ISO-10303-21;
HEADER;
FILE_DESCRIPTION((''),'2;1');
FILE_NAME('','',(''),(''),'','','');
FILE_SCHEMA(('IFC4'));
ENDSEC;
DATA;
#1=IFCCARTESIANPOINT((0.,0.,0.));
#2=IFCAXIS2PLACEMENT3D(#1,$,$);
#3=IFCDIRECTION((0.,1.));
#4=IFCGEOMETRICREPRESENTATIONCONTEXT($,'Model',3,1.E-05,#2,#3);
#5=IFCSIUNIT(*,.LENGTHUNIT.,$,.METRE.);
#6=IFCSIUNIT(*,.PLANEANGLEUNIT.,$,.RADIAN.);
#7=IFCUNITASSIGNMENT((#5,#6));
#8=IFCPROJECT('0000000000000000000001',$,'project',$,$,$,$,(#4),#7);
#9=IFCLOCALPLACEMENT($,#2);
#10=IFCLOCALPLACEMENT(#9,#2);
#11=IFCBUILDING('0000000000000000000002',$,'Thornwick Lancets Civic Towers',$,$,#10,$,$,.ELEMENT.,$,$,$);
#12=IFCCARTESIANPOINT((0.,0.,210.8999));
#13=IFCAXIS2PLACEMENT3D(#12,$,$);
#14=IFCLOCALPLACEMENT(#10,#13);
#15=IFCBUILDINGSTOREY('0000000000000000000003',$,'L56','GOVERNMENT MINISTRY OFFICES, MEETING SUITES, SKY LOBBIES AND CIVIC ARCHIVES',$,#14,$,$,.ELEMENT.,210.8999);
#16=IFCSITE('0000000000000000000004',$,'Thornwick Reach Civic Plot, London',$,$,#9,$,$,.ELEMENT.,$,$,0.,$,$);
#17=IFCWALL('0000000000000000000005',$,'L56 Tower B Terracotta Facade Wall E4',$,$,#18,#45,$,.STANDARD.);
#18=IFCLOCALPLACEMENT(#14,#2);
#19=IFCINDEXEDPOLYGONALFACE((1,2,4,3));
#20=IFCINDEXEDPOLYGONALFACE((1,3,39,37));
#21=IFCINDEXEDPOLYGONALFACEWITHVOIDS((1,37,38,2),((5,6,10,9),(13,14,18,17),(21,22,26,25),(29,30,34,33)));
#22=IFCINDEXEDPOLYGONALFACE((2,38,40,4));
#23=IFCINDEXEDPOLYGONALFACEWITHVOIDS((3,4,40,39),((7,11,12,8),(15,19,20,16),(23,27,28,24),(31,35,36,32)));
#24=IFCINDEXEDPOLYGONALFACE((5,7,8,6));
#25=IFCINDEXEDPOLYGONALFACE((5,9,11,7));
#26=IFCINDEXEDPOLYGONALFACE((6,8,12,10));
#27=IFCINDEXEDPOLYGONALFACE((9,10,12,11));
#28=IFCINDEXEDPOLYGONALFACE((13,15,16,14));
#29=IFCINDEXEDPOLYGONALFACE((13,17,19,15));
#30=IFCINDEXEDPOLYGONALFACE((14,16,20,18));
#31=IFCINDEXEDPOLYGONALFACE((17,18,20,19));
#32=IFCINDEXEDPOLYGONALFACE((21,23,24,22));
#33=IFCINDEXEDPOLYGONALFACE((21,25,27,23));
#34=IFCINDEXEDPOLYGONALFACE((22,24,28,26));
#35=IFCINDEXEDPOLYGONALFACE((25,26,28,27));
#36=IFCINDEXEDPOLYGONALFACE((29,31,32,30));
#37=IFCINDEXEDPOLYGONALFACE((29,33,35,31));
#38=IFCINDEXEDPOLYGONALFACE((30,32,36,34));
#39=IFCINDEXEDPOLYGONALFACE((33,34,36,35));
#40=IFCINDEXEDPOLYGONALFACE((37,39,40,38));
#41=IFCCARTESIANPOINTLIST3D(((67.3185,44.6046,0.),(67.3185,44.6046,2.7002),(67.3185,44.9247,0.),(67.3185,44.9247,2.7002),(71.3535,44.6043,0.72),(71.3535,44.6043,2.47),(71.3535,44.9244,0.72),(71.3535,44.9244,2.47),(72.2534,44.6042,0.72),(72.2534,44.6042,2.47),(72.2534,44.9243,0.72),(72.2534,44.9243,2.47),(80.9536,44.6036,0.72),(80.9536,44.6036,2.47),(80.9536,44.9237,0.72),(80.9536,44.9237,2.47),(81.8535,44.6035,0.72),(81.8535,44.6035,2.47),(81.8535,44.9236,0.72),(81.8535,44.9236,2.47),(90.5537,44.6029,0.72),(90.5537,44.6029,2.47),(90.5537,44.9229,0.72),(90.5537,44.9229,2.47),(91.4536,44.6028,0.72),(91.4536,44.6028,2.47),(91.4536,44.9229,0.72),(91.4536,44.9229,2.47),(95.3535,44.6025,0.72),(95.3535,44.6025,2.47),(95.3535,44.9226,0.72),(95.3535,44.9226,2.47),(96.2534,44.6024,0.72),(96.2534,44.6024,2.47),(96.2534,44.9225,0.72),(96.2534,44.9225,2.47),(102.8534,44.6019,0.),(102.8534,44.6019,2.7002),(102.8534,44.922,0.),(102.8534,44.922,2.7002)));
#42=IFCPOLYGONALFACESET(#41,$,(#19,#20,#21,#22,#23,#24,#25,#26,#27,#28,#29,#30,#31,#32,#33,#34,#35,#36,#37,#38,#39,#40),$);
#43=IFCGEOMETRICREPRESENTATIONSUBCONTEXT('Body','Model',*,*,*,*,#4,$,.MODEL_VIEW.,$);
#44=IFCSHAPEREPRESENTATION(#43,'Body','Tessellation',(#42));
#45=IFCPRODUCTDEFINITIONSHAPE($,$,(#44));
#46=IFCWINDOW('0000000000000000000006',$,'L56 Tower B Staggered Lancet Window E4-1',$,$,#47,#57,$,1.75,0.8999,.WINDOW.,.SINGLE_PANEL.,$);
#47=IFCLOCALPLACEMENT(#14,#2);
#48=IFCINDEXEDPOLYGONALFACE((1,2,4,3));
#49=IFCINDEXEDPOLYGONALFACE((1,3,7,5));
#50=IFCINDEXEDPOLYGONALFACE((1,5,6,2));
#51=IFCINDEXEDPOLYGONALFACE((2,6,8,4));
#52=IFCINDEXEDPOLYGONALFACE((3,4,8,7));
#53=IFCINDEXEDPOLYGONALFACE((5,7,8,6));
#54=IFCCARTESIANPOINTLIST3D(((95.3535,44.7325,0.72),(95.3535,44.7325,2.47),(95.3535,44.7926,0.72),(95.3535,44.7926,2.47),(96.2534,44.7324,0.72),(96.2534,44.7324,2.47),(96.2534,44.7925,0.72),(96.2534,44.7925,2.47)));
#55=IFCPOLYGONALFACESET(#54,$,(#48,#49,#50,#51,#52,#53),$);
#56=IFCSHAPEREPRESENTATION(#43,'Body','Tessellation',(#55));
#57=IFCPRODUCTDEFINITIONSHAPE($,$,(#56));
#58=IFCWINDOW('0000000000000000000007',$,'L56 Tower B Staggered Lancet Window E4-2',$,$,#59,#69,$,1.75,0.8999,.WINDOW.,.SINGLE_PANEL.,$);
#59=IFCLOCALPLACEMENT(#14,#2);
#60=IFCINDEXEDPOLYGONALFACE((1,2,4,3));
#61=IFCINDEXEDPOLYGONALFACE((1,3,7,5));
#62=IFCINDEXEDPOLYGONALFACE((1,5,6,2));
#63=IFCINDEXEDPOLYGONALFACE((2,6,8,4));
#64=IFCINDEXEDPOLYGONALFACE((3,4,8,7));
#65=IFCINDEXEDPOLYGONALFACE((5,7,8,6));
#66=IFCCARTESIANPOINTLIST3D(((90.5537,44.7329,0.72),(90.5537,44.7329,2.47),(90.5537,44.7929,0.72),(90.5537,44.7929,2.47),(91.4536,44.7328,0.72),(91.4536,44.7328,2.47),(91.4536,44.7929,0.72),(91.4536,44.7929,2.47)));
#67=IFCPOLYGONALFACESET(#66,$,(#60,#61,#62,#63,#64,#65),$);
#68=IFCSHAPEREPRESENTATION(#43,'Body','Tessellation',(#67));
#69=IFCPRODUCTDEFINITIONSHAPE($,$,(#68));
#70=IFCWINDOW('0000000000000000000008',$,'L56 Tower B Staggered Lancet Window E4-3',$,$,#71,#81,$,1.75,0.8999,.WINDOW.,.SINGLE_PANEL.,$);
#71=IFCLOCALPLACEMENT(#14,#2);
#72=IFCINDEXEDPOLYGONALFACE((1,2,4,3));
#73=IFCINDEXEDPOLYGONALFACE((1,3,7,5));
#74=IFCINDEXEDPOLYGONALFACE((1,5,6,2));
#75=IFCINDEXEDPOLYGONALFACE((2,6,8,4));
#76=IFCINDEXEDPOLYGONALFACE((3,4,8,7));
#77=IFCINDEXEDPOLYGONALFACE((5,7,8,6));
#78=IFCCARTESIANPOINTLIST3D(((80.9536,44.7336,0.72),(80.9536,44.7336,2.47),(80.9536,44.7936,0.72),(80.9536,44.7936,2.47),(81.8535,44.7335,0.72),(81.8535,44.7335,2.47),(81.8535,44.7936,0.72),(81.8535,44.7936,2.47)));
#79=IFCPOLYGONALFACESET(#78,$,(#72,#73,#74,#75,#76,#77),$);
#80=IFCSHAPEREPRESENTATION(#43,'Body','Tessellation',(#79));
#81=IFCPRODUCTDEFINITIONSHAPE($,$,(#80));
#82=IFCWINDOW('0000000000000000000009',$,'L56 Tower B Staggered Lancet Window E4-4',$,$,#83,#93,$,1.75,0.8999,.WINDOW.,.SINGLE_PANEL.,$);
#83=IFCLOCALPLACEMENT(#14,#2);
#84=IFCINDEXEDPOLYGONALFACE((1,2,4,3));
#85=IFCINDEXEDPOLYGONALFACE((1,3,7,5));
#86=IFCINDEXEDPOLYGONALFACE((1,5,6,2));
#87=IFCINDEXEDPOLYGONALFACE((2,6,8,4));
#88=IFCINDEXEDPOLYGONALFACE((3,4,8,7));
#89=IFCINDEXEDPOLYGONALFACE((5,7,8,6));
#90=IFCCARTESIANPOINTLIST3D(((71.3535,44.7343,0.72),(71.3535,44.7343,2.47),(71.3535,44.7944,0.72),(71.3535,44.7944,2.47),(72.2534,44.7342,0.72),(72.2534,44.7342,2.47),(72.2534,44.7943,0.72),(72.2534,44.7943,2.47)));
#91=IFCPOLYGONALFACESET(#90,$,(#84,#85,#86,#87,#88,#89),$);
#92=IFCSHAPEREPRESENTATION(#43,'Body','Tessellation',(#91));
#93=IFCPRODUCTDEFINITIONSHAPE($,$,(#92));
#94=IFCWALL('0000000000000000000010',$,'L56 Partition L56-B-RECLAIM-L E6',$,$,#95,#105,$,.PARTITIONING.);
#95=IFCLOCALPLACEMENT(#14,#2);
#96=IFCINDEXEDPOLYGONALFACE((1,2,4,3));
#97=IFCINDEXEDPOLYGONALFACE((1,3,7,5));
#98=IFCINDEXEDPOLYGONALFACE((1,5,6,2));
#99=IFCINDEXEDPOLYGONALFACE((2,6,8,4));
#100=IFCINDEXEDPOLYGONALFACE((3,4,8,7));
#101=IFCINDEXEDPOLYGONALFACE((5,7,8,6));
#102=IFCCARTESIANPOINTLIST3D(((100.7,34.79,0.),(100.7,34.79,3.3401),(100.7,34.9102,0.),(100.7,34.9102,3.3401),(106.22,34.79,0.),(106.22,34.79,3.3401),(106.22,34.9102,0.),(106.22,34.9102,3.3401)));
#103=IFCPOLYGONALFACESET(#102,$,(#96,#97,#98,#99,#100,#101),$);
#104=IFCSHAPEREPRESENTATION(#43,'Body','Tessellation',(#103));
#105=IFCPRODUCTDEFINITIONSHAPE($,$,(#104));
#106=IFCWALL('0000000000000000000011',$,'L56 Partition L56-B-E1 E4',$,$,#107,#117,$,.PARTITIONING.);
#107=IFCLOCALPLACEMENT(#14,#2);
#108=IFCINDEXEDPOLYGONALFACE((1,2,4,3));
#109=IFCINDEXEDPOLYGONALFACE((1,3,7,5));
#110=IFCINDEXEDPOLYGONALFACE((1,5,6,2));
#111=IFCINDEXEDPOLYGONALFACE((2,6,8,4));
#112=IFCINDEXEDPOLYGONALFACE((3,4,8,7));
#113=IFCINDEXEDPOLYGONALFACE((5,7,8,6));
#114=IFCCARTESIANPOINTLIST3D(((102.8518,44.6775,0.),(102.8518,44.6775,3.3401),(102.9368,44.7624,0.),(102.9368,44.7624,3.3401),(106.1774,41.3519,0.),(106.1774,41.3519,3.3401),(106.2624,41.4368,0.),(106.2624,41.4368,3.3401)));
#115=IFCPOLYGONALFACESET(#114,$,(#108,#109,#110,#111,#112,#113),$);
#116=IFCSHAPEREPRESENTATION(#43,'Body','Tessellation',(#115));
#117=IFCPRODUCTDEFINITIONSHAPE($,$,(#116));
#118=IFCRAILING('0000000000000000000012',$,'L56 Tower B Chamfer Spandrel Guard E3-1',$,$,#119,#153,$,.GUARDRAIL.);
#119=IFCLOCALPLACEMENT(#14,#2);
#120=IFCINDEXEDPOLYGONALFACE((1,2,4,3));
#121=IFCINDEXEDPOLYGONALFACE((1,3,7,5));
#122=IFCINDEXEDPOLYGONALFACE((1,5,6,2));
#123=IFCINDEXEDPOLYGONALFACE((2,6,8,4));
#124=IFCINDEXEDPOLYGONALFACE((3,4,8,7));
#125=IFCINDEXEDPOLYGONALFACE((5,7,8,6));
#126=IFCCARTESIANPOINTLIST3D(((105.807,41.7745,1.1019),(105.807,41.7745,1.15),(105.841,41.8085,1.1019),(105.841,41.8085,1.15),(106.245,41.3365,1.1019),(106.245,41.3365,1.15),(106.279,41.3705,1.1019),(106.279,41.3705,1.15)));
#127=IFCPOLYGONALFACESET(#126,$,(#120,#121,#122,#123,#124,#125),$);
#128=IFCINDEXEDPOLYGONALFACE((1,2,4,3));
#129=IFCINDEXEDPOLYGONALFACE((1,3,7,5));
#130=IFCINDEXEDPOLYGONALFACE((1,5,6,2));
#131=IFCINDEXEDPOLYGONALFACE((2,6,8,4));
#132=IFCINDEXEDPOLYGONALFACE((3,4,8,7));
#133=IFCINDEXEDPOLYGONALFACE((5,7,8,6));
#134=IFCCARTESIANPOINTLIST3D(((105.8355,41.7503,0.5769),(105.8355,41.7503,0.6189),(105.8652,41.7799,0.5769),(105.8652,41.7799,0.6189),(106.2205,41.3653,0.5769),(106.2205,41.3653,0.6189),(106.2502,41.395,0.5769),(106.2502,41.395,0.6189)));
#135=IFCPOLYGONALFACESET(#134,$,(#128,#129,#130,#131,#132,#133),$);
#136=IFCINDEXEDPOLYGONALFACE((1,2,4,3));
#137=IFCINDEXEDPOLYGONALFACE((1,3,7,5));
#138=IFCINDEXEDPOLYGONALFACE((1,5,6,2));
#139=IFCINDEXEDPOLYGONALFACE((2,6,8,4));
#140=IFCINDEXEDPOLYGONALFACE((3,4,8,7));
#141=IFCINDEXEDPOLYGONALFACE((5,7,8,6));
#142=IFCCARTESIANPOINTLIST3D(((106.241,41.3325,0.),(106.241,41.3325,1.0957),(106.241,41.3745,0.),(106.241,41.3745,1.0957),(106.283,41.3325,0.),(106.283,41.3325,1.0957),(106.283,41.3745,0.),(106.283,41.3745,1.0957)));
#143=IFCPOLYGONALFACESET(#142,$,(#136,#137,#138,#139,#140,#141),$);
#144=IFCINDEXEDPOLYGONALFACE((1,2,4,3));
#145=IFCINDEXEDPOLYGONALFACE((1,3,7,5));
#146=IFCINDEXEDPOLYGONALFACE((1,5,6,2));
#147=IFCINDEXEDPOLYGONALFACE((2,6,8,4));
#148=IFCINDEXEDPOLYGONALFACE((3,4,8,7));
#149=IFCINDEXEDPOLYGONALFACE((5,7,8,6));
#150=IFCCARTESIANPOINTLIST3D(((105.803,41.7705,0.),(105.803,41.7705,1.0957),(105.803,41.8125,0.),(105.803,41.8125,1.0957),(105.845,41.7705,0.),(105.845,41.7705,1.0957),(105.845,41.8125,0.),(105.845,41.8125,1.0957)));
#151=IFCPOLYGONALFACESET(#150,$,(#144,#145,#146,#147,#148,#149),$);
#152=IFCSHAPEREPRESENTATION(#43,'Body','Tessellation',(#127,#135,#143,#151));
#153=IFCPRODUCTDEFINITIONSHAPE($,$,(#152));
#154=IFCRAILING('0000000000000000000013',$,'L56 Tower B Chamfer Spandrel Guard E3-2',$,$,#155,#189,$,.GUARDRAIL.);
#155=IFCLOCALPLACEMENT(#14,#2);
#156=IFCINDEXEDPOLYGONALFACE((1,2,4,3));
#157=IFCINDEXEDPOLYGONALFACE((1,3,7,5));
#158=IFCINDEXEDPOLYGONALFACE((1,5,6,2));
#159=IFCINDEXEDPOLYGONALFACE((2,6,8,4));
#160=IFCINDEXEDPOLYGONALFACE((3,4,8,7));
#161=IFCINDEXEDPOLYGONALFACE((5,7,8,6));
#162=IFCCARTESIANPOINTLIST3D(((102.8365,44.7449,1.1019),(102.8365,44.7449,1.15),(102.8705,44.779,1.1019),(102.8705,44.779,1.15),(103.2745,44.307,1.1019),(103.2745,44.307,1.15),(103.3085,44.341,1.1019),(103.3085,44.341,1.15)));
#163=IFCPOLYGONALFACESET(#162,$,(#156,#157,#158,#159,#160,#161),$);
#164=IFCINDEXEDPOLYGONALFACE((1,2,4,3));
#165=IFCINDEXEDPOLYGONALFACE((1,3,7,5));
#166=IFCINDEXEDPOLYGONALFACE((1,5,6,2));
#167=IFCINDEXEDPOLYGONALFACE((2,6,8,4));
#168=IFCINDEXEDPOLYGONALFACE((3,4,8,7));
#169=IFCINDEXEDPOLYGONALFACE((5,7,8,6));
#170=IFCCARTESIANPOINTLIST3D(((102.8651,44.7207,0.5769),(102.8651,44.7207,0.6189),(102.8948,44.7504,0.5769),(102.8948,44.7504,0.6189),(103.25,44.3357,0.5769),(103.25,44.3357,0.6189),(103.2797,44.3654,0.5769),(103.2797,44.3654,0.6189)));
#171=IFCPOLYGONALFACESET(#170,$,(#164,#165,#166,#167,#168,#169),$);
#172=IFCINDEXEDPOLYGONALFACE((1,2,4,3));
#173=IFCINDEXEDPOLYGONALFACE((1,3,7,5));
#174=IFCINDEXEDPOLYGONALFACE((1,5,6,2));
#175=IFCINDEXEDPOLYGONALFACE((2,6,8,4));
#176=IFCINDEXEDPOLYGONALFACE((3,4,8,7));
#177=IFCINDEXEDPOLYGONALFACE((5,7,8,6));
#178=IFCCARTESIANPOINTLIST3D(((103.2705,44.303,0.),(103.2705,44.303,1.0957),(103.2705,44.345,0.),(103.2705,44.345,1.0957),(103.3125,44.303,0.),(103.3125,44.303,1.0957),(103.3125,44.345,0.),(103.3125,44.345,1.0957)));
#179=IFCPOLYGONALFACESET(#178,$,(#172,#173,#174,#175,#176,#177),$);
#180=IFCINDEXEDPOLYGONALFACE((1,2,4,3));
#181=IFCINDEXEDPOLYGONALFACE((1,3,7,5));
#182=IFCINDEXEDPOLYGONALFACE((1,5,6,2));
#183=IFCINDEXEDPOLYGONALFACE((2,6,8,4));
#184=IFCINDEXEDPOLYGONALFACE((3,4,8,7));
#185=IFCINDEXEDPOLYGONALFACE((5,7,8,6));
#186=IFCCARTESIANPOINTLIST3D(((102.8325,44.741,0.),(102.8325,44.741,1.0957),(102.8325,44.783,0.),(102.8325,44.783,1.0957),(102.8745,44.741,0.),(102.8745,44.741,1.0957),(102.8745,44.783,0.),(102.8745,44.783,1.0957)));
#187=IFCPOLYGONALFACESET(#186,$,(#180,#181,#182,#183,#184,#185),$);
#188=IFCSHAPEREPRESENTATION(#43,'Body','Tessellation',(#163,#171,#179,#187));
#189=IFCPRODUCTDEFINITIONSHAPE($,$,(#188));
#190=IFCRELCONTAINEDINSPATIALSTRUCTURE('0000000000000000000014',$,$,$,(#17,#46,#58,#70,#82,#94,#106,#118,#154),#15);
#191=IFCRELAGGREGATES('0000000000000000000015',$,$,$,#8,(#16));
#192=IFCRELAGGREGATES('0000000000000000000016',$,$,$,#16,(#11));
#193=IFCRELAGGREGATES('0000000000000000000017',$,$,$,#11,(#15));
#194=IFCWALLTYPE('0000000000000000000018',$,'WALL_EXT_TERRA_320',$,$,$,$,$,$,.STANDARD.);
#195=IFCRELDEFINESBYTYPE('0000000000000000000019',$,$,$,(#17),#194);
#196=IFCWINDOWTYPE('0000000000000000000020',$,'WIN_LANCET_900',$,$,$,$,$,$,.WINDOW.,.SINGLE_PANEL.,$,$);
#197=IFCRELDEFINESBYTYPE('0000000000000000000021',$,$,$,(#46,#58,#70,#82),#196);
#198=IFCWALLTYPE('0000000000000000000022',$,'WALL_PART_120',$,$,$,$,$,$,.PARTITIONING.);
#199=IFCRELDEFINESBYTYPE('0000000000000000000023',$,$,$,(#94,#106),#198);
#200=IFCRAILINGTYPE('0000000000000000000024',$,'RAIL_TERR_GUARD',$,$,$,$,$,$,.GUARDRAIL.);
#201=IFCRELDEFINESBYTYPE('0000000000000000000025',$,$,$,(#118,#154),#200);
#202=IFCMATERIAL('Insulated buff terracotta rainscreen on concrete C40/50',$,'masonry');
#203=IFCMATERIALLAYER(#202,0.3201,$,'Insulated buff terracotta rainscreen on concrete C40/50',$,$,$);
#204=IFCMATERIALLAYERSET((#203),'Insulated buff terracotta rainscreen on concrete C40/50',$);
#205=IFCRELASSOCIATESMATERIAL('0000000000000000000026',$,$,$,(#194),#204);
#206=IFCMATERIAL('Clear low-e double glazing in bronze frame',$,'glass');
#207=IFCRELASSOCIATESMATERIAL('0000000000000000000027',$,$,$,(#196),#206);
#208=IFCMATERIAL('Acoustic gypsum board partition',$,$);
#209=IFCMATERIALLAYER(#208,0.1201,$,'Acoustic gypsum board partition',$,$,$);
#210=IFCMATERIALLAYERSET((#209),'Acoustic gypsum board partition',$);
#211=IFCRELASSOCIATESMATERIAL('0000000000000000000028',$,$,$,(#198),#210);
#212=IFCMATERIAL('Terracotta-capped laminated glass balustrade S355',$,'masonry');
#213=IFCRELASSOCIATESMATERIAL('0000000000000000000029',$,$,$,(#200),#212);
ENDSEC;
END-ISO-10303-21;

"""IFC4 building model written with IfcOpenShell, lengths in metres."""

from ifc_helpers import new_model, si_unit, direction, frame, frame_2d, origin, origin_2d, place, context, subcontext, project, spatial, rectangle, extrude, material, layer, layer_set, type_object, element, fill, save


model = new_model("IFC4")

# Units and contexts
model_context = context("Model", 3, precision=1e-05, world=origin(), true_north=direction((0.0, 1.0)))
body_context = subcontext(model_context, "Body", "Model", "MODEL_VIEW")
ifc_project = project(units=[si_unit("LENGTHUNIT", "METRE"), si_unit("PLANEANGLEUNIT", "RADIAN")], contexts=[model_context])

# Site, building, storey
site_placement = place(None, origin())
site = spatial("IfcSite", under=ifc_project, at=site_placement, Name="Thornwick Reach Civic Plot, London", CompositionType="ELEMENT", RefElevation=0.0)
building_placement = place(site_placement, origin())
building = spatial("IfcBuilding", under=site, at=building_placement, Name="Thornwick Lancets Civic Towers", CompositionType="ELEMENT")
storey_placement = place(building_placement, frame((0.0, 0.0, 210.8999)))
storey = spatial("IfcBuildingStorey", under=building, at=storey_placement, Name="L56", Description="GOVERNMENT MINISTRY OFFICES, MEETING SUITES, SKY LOBBIES AND CIVIC ARCHIVES", CompositionType="ELEMENT", Elevation=210.8999)

# Wall, openings, windows
ifc_material_1 = material(Name="Insulated buff terracotta rainscreen on concrete C40/50", Category="masonry")
ifc_layer_1 = layer(ifc_material_1, 0.3201, Name="Insulated buff terracotta rainscreen on concrete C40/50")
ifc_layer_set_1 = layer_set([ifc_layer_1], Name="Insulated buff terracotta rainscreen on concrete C40/50")
wall_type_1 = type_object("IfcWallType", Name="WALL_EXT_TERRA_320", PredefinedType="STANDARD", material=ifc_layer_set_1)
wall_1_placement = place(storey_placement, frame((102.8535, 44.762, 0.0), z_axis=(0.0, 0.0, 1.0), x_axis=(-1.0, 0.000076, 0.0)))
wall_1 = element("IfcWall", 1, at=wall_1_placement, inside=storey, type_object=wall_type_1, Name="L56 Tower B Terracotta Facade Wall E4", PredefinedType="STANDARD", context=body_context, shape_type="SweptSolid", body=[
    extrude(rectangle(XDim=35.5349, YDim=0.3201, at=frame_2d((17.7676, 0.0))), origin(), (0.0, 0.0, 1.0), 2.7002),
])
opening_1_placement = place(wall_1_placement, frame((6.6001, 0.0, 0.72)))
opening_1 = element("IfcOpeningElement", 2, at=opening_1_placement, cuts=wall_1, PredefinedType="OPENING", context=body_context, shape_type="SweptSolid", body=[
    extrude(rectangle(XDim=0.8999, YDim=1.75, at=frame_2d((0.45, 0.875))), frame((0.0, 0.1699, 0.0), z_axis=(0.0, -1.0, 0.0), x_axis=(1.0, 0.0, 0.0)), (0.0, 0.0, 1.0), 0.3401),
])
opening_2_placement = place(wall_1_placement, frame((11.3999, 0.0, 0.72)))
opening_2 = element("IfcOpeningElement", 3, at=opening_2_placement, cuts=wall_1, PredefinedType="OPENING", context=body_context, shape_type="SweptSolid", body=[
    extrude(rectangle(XDim=0.8999, YDim=1.75, at=frame_2d((0.45, 0.875))), frame((0.0, 0.1699, 0.0), z_axis=(0.0, -1.0, 0.0), x_axis=(1.0, 0.0, 0.0)), (0.0, 0.0, 1.0), 0.3401),
])
opening_3_placement = place(wall_1_placement, frame((21.0, 0.0, 0.72)))
opening_3 = element("IfcOpeningElement", 4, at=opening_3_placement, cuts=wall_1, PredefinedType="OPENING", context=body_context, shape_type="SweptSolid", body=[
    extrude(rectangle(XDim=0.8999, YDim=1.75, at=frame_2d((0.45, 0.875))), frame((0.0, 0.1699, 0.0), z_axis=(0.0, -1.0, 0.0), x_axis=(1.0, 0.0, 0.0)), (0.0, 0.0, 1.0), 0.3401),
])
opening_4_placement = place(wall_1_placement, frame((30.6001, 0.0, 0.72)))
opening_4 = element("IfcOpeningElement", 5, at=opening_4_placement, cuts=wall_1, PredefinedType="OPENING", context=body_context, shape_type="SweptSolid", body=[
    extrude(rectangle(XDim=0.8999, YDim=1.75, at=frame_2d((0.45, 0.875))), frame((0.0, 0.1699, 0.0), z_axis=(0.0, -1.0, 0.0), x_axis=(1.0, 0.0, 0.0)), (0.0, 0.0, 1.0), 0.3401),
])
ifc_material_2 = material(Name="Clear low-e double glazing in bronze frame", Category="glass")
window_type = type_object("IfcWindowType", Name="WIN_LANCET_900", PartitioningType="SINGLE_PANEL", PredefinedType="WINDOW", material=ifc_material_2)
window_1_placement = place(opening_1_placement, origin())
window_1 = element("IfcWindow", 6, at=window_1_placement, inside=storey, type_object=window_type, Name="L56 Tower B Staggered Lancet Window E4-1", OverallHeight=1.75, OverallWidth=0.8999, PartitioningType="SINGLE_PANEL", PredefinedType="WINDOW", context=body_context, shape_type="SweptSolid", body=[
    extrude(rectangle(XDim=0.8999, YDim=1.75, at=frame_2d((0.45, 0.875))), frame((0.0, 0.03, 0.0), z_axis=(0.0, -1.0, 0.0), x_axis=(1.0, 0.0, 0.0)), (0.0, 0.0, 1.0), 0.0601),
])
fill(opening_1, window_1)
window_2_placement = place(opening_2_placement, origin())
window_2 = element("IfcWindow", 7, at=window_2_placement, inside=storey, type_object=window_type, Name="L56 Tower B Staggered Lancet Window E4-2", OverallHeight=1.75, OverallWidth=0.8999, PartitioningType="SINGLE_PANEL", PredefinedType="WINDOW", context=body_context, shape_type="SweptSolid", body=[
    extrude(rectangle(XDim=0.8999, YDim=1.75, at=frame_2d((0.45, 0.875))), frame((0.0, 0.03, 0.0), z_axis=(0.0, -1.0, 0.0), x_axis=(1.0, 0.0, 0.0)), (0.0, 0.0, 1.0), 0.0601),
])
fill(opening_2, window_2)
window_3_placement = place(opening_3_placement, origin())
window_3 = element("IfcWindow", 8, at=window_3_placement, inside=storey, type_object=window_type, Name="L56 Tower B Staggered Lancet Window E4-3", OverallHeight=1.75, OverallWidth=0.8999, PartitioningType="SINGLE_PANEL", PredefinedType="WINDOW", context=body_context, shape_type="SweptSolid", body=[
    extrude(rectangle(XDim=0.8999, YDim=1.75, at=frame_2d((0.45, 0.875))), frame((0.0, 0.03, 0.0), z_axis=(0.0, -1.0, 0.0), x_axis=(1.0, 0.0, 0.0)), (0.0, 0.0, 1.0), 0.0601),
])
fill(opening_3, window_3)
window_4_placement = place(opening_4_placement, origin())
window_4 = element("IfcWindow", 9, at=window_4_placement, inside=storey, type_object=window_type, Name="L56 Tower B Staggered Lancet Window E4-4", OverallHeight=1.75, OverallWidth=0.8999, PartitioningType="SINGLE_PANEL", PredefinedType="WINDOW", context=body_context, shape_type="SweptSolid", body=[
    extrude(rectangle(XDim=0.8999, YDim=1.75, at=frame_2d((0.45, 0.875))), frame((0.0, 0.03, 0.0), z_axis=(0.0, -1.0, 0.0), x_axis=(1.0, 0.0, 0.0)), (0.0, 0.0, 1.0), 0.0601),
])
fill(opening_4, window_4)

# Walls
ifc_material_3 = material(Name="Acoustic gypsum board partition")
ifc_layer_2 = layer(ifc_material_3, 0.1201, Name="Acoustic gypsum board partition")
ifc_layer_set_2 = layer_set([ifc_layer_2], Name="Acoustic gypsum board partition")
wall_type_2 = type_object("IfcWallType", Name="WALL_PART_120", PredefinedType="PARTITIONING", material=ifc_layer_set_2)
wall_2_placement = place(storey_placement, frame((106.22, 34.8501, 0.0), z_axis=(0.0, 0.0, 1.0), x_axis=(-1.0, 0.0, 0.0)))
element("IfcWall", 10, at=wall_2_placement, inside=storey, type_object=wall_type_2, Name="L56 Partition L56-B-RECLAIM-L E6", PredefinedType="PARTITIONING", context=body_context, shape_type="SweptSolid", body=[
    extrude(rectangle(XDim=5.52, YDim=0.1201, at=frame_2d((2.76, 0.0))), origin(), (0.0, 0.0, 1.0), 3.3401),
])
wall_3_placement = place(storey_placement, frame((102.8943, 44.72, 0.0), z_axis=(0.0, 0.0, 1.0), x_axis=(0.707107, -0.707107, 0.0)))
element("IfcWall", 11, at=wall_3_placement, inside=storey, type_object=wall_type_2, Name="L56 Partition L56-B-E1 E4", PredefinedType="PARTITIONING", context=body_context, shape_type="SweptSolid", body=[
    extrude(rectangle(XDim=4.7031, YDim=0.1201, at=frame_2d((2.3516, 0.0))), origin(), (0.0, 0.0, 1.0), 3.3401),
])

# Railings
ifc_material_4 = material(Name="Terracotta-capped laminated glass balustrade S355", Category="masonry")
railing_type = type_object("IfcRailingType", Name="RAIL_TERR_GUARD", PredefinedType="GUARDRAIL", material=ifc_material_4)
for number, where, name in (
    (12, (106.262, 41.3535, 0.0), "L56 Tower B Chamfer Spandrel Guard E3-1"),
    (13, (103.2915, 44.324, 0.0), "L56 Tower B Chamfer Spandrel Guard E3-2"),
):
    element("IfcRailing", number, at=place(storey_placement, frame(where)), inside=storey, type_object=railing_type, Name=name, PredefinedType="GUARDRAIL", context=body_context, shape_type="SweptSolid", body=[
        extrude(rectangle(XDim=0.0481, YDim=0.0481, at=origin_2d()), frame((0.0, 0.0, 1.126), z_axis=(-0.707107, 0.707107, 0.0), x_axis=(-0.707107, -0.707107, 0.0)), (0.0, 0.0, 1.0), 0.6194),
        extrude(rectangle(XDim=0.042, YDim=0.042, at=origin_2d()), frame((-0.0266, 0.0266, 0.5979), z_axis=(-0.707107, 0.707107, 0.0), x_axis=(-0.707107, -0.707107, 0.0)), (0.0, 0.0, 1.0), 0.5444),
        extrude(rectangle(XDim=0.042, YDim=0.042, at=origin_2d()), origin(), (0.0, 0.0, 1.0), 1.0957),
        extrude(rectangle(XDim=0.042, YDim=0.042, at=origin_2d()), frame((-0.438, 0.438, 0.0)), (0.0, 0.0, 1.0), 1.0957),
    ])

save(model, "model.ifc")
